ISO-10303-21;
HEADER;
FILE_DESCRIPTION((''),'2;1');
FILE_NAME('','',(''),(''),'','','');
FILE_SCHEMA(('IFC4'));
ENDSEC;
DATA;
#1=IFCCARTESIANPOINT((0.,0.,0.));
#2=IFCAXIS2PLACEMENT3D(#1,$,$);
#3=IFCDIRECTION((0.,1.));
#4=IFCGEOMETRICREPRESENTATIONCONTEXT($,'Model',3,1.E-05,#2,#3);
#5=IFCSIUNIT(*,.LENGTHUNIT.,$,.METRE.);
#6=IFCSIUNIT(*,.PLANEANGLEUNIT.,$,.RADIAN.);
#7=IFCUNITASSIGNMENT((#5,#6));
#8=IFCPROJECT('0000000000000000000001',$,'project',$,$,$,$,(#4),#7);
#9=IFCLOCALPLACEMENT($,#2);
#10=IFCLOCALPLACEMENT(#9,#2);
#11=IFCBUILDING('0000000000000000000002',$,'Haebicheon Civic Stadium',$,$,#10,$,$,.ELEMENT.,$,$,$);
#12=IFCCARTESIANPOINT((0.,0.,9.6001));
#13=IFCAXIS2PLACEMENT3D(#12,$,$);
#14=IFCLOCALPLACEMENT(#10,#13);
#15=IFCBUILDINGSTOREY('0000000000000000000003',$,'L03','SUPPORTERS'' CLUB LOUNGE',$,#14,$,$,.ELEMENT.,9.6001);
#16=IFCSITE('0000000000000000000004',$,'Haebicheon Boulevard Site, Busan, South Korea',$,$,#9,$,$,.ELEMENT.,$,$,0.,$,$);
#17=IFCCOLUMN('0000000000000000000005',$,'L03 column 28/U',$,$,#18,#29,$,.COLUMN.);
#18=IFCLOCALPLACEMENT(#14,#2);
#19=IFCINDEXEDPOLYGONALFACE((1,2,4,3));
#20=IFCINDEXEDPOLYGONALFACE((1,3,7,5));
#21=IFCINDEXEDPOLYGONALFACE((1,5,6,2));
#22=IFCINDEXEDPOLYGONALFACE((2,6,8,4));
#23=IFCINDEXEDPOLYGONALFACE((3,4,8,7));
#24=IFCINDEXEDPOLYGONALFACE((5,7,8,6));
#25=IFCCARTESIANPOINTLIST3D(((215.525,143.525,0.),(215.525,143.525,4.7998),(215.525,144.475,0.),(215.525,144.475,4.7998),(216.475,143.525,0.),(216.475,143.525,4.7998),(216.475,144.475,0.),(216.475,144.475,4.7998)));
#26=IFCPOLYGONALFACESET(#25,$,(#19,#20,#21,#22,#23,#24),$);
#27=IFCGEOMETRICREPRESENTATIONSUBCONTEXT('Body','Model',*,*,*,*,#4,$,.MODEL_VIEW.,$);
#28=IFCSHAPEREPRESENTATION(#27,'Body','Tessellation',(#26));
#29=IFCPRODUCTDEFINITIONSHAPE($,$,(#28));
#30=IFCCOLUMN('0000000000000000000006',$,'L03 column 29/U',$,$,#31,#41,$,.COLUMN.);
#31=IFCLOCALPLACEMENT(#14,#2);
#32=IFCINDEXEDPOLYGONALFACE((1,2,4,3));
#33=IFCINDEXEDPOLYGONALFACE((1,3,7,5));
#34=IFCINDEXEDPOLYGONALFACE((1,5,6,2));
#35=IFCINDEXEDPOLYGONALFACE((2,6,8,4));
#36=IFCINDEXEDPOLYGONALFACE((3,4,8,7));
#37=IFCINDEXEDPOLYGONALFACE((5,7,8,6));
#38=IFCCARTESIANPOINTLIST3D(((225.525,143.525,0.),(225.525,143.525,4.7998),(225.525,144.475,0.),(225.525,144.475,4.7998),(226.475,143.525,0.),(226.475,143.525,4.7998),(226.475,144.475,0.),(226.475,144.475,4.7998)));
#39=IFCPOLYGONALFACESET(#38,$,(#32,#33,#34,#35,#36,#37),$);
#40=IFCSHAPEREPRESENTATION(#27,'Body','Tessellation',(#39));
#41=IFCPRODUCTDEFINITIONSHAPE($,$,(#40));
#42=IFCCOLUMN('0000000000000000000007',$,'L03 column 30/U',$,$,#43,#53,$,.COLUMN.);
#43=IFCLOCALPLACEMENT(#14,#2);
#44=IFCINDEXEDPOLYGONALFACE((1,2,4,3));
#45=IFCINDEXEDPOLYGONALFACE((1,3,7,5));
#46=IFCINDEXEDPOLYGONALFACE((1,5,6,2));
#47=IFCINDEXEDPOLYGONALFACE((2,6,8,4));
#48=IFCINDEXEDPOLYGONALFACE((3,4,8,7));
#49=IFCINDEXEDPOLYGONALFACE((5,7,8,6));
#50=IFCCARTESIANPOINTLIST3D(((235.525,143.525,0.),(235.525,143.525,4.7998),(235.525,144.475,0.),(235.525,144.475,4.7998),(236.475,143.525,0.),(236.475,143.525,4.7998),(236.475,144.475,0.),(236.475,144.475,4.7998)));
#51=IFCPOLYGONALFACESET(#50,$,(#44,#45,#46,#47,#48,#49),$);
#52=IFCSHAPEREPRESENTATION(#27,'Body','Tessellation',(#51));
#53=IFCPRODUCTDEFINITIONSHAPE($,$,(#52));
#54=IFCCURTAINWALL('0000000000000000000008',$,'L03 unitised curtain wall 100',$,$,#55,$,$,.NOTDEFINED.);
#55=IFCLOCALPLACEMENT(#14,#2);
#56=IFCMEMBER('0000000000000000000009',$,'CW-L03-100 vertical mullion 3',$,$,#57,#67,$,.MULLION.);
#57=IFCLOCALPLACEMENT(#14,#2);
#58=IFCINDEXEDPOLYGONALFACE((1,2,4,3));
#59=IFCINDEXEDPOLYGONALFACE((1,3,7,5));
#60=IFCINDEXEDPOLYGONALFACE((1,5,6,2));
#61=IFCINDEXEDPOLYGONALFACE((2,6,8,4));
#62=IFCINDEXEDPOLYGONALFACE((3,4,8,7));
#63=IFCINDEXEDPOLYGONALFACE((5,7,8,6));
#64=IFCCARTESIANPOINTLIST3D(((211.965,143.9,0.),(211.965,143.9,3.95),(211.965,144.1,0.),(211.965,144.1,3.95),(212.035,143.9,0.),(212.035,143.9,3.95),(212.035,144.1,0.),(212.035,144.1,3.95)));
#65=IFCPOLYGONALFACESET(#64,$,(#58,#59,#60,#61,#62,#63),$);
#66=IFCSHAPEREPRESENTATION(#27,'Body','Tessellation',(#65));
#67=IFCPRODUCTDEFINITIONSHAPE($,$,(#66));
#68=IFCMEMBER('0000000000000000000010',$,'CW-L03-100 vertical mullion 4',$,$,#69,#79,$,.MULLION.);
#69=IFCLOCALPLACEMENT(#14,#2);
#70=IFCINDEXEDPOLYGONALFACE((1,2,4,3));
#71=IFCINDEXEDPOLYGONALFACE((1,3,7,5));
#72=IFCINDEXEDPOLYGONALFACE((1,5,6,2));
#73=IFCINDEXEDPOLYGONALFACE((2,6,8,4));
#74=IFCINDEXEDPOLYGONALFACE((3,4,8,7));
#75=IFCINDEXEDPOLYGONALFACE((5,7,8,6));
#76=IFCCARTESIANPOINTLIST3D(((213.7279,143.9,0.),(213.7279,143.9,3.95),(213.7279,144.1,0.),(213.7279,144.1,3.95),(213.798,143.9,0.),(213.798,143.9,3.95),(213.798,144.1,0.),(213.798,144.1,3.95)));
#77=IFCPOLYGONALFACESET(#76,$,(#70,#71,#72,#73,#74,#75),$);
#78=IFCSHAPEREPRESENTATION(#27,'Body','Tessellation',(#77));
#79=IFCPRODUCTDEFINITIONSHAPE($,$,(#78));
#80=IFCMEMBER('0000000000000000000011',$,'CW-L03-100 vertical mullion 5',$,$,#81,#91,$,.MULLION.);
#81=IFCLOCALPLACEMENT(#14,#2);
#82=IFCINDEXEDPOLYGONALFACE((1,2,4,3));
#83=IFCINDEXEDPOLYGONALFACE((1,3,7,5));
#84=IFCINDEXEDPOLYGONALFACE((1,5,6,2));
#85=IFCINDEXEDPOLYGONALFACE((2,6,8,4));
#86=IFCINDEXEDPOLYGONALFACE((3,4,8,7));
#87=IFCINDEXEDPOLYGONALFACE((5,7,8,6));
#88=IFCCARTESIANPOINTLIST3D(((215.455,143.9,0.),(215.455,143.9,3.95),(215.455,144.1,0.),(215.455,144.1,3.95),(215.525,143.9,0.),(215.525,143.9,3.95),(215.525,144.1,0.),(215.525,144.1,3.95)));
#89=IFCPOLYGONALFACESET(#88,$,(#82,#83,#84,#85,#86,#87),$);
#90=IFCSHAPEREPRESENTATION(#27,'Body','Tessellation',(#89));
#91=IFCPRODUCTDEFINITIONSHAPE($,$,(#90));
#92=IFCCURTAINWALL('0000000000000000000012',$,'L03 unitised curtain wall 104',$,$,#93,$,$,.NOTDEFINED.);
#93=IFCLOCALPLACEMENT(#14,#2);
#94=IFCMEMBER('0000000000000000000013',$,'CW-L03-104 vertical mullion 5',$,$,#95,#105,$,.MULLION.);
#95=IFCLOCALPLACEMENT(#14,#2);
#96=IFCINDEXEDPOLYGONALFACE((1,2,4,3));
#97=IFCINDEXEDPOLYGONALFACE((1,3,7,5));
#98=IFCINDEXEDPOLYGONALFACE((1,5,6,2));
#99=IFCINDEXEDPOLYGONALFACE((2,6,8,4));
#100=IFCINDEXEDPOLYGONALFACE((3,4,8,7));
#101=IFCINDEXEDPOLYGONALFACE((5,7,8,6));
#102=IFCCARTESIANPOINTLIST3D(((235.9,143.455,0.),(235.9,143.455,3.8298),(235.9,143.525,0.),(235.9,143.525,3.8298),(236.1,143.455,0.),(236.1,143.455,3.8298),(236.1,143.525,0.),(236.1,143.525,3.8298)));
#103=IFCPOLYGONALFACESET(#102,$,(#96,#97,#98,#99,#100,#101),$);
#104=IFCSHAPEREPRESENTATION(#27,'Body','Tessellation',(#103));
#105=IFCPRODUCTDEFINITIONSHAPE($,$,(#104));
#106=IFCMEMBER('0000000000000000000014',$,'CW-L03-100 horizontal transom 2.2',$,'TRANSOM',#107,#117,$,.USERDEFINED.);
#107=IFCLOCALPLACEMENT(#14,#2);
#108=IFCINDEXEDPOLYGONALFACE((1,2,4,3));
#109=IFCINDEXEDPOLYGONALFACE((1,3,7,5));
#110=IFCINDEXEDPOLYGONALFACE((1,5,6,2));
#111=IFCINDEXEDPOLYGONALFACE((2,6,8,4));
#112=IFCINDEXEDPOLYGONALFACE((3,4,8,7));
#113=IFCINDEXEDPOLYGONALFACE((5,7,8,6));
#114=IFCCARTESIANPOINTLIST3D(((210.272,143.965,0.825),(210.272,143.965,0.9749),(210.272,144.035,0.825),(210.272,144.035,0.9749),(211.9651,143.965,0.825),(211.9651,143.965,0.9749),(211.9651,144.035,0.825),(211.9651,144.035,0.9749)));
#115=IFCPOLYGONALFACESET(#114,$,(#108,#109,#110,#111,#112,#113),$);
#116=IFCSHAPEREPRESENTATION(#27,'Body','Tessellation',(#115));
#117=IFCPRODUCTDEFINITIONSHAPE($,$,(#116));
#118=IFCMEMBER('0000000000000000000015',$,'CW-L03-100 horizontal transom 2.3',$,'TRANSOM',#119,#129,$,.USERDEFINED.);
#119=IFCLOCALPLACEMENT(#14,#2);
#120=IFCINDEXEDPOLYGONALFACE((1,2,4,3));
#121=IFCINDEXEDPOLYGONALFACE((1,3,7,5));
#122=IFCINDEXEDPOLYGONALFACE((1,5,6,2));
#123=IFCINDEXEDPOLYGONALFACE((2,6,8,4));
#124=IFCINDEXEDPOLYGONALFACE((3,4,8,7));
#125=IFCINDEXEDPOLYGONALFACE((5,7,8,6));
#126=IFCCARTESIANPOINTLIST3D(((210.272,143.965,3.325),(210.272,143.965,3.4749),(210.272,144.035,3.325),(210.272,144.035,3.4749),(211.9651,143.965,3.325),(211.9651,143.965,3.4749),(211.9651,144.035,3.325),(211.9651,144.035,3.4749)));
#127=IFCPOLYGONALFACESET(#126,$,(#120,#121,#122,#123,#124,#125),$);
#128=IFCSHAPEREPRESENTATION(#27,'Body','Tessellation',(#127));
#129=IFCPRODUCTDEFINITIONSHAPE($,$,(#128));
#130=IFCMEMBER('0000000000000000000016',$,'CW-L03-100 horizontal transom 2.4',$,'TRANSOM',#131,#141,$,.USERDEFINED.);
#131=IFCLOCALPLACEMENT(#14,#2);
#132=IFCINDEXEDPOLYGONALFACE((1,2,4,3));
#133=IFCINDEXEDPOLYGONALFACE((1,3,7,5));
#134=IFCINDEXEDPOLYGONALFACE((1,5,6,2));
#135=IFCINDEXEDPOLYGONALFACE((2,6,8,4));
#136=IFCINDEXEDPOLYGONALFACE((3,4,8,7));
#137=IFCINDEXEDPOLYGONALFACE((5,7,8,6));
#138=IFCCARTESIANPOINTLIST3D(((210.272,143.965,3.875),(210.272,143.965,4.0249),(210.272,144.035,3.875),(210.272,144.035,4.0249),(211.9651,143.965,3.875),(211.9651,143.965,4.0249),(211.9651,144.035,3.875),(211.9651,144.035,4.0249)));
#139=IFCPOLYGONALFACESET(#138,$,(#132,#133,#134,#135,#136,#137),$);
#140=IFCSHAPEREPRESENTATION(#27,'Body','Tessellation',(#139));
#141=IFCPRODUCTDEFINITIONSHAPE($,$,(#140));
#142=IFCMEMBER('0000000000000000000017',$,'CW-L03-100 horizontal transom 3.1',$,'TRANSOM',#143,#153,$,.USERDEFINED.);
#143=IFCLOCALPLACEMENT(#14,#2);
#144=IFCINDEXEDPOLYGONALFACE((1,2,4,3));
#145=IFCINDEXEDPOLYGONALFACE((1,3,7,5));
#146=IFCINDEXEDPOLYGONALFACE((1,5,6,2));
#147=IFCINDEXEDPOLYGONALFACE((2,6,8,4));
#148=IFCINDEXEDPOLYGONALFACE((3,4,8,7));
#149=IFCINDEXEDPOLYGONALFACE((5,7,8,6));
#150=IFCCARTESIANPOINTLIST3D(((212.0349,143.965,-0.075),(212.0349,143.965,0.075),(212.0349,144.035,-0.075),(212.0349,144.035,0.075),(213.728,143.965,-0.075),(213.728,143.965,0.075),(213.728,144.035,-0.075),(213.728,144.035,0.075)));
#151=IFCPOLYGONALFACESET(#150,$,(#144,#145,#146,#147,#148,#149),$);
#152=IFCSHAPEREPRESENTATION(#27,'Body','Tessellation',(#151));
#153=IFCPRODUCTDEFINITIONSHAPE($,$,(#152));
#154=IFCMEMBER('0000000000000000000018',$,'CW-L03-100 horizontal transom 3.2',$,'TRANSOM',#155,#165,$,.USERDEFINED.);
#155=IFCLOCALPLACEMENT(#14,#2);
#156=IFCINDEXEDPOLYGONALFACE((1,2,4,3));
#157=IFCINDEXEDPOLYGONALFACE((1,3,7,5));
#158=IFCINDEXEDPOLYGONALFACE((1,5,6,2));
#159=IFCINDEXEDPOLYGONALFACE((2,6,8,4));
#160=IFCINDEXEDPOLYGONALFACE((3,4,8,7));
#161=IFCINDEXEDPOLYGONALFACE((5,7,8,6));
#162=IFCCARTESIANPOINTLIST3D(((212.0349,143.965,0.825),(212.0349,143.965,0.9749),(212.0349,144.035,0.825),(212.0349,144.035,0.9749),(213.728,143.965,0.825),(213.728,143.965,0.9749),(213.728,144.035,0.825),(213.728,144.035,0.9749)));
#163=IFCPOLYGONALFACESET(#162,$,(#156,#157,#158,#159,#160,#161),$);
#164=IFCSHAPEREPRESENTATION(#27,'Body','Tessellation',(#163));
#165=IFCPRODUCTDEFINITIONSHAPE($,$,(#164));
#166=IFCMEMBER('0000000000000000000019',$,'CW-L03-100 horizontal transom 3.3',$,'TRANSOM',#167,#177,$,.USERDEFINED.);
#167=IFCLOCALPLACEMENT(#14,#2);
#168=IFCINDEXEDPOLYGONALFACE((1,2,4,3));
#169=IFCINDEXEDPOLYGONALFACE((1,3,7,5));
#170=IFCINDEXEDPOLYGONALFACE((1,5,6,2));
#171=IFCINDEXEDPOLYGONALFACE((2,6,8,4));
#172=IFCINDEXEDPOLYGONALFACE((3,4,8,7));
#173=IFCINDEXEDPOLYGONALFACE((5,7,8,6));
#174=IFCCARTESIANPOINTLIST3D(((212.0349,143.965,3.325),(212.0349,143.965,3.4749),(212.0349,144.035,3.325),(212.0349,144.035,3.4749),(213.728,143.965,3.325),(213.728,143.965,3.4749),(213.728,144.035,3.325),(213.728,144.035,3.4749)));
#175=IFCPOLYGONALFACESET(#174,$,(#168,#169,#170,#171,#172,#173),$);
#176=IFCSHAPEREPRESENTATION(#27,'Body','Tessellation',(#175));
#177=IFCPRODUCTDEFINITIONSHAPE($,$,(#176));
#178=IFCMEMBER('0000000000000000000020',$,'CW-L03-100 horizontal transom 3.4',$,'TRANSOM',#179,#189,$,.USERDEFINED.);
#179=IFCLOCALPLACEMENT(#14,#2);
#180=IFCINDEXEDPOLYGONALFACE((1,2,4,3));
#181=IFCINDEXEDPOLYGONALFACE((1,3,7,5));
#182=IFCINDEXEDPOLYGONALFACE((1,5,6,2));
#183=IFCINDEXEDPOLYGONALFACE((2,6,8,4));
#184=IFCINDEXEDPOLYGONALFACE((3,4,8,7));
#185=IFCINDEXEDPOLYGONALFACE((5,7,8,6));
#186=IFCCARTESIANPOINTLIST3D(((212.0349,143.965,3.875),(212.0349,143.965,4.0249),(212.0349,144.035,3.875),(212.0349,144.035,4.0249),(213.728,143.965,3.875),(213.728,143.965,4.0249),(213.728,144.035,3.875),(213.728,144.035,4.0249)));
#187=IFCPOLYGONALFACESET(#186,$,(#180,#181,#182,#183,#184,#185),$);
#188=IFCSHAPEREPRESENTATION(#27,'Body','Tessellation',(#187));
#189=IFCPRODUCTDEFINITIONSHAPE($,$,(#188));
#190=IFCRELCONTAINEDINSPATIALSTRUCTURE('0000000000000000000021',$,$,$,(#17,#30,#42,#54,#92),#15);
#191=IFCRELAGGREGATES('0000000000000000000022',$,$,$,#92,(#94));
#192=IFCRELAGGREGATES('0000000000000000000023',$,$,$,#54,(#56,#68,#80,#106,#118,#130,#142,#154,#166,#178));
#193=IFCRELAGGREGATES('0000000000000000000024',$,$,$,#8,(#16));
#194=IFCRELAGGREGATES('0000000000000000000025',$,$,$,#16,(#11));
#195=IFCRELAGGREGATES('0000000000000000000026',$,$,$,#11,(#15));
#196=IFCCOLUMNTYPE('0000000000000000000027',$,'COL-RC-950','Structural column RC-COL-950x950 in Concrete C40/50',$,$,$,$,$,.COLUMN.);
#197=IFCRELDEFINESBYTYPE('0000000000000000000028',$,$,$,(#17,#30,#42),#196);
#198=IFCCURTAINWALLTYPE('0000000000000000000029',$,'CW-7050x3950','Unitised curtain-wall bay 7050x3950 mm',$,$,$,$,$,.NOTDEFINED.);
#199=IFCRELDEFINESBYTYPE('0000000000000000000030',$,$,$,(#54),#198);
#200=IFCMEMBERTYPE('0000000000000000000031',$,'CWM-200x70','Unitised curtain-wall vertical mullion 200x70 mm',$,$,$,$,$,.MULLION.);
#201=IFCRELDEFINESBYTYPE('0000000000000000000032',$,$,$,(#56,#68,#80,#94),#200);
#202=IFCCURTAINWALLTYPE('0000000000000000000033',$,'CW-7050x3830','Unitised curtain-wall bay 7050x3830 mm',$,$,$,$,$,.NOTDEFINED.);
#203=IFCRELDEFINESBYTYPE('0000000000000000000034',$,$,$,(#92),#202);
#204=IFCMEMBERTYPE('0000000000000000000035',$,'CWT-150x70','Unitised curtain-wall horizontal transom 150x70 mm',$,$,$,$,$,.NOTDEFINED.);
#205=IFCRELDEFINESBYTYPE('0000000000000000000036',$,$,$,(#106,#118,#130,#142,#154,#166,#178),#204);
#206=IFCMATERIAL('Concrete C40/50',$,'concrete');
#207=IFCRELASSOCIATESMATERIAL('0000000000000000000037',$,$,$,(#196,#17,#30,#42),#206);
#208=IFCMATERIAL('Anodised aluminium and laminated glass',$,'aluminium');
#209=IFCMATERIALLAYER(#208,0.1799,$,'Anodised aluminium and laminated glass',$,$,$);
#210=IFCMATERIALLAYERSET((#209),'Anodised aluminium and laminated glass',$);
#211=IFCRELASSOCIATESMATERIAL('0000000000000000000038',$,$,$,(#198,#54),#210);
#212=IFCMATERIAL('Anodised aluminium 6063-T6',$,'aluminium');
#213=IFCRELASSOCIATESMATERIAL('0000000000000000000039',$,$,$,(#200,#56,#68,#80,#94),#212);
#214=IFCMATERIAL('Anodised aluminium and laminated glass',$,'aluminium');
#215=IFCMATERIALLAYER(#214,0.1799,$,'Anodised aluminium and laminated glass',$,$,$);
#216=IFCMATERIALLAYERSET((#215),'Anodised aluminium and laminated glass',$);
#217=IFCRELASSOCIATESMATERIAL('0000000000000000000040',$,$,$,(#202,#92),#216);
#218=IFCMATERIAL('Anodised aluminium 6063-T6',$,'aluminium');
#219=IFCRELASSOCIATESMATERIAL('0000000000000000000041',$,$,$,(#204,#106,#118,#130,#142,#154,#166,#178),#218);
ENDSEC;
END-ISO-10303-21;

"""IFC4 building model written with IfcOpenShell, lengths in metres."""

from ifc_helpers import new_model, si_unit, direction, frame, origin, origin_2d, place, context, subcontext, project, spatial, rectangle, extrude, material, layer, layer_set, material_profile, profile_set, type_object, element, aggregate, save


model = new_model("IFC4")

# Units and contexts
model_context = context("Model", 3, precision=1e-05, world=origin(), true_north=direction((0.0, 1.0)))
body_context = subcontext(model_context, "Body", "Model", "MODEL_VIEW")
ifc_project = project(units=[si_unit("LENGTHUNIT", "METRE"), si_unit("PLANEANGLEUNIT", "RADIAN")], contexts=[model_context])

# Site, building, storey
site_placement = place(None, origin())
site = spatial("IfcSite", under=ifc_project, at=site_placement, Name="Haebicheon Boulevard Site, Busan, South Korea", CompositionType="ELEMENT", RefElevation=0.0)
building_placement = place(site_placement, origin())
building = spatial("IfcBuilding", under=site, at=building_placement, Name="Haebicheon Civic Stadium", CompositionType="ELEMENT")
storey_placement = place(building_placement, frame((0.0, 0.0, 9.6001)))
storey = spatial("IfcBuildingStorey", under=building, at=storey_placement, Name="L03", Description="SUPPORTERS' CLUB LOUNGE", CompositionType="ELEMENT", Elevation=9.6001)

# Columns
ifc_material_1 = material(Name="Concrete C40/50", Category="concrete")
ifc_material_profile_1 = material_profile(ifc_material_1, rectangle(XDim=0.95, YDim=0.95, at=origin_2d()), Name="RC-COL-950x950")
ifc_profile_set_1 = profile_set([ifc_material_profile_1], Name="Concrete C40/50")
column_type = type_object("IfcColumnType", Name="COL-RC-950", Description="Structural column RC-COL-950x950 in Concrete C40/50", PredefinedType="COLUMN", material=ifc_profile_set_1)
for number, where, z_axis, x_axis, name in (
    (1, (216.0, 144.0, 0.0), (0.0, 0.0, 1.0), (1.0, 0.0, 0.0), "L03 column 28/U"),
    (2, (226.0, 144.0, 0.0), (0.0, 0.0, 1.0), (1.0, 0.0, 0.0), "L03 column 29/U"),
    (3, (236.0, 144.0, 0.0), (0.0, 0.0, 1.0), (1.0, 0.0, 0.0), "L03 column 30/U"),
):
    element("IfcColumn", number, at=place(storey_placement, frame(where, z_axis=z_axis, x_axis=x_axis)), inside=storey, type_object=column_type, material=ifc_profile_set_1, Name=name, PredefinedType="COLUMN", context=body_context, shape_type="SweptSolid", body=[
        extrude(rectangle(XDim=0.95, YDim=0.95, at=origin_2d()), origin(), (0.0, 0.0, 1.0), 4.7998),
    ])

# Curtain wall, members
ifc_material_2 = material(Name="Anodised aluminium and laminated glass", Category="aluminium")
ifc_layer_1 = layer(ifc_material_2, 0.1799, Name="Anodised aluminium and laminated glass")
ifc_layer_set_1 = layer_set([ifc_layer_1], Name="Anodised aluminium and laminated glass")
curtain_wall_type_1 = type_object("IfcCurtainWallType", Name="CW-7050x3950", Description="Unitised curtain-wall bay 7050x3950 mm", PredefinedType="NOTDEFINED", material=ifc_layer_set_1)
curtain_wall_1_placement = place(storey_placement, origin())
curtain_wall_1 = element("IfcCurtainWall", 4, at=curtain_wall_1_placement, inside=storey, type_object=curtain_wall_type_1, material=ifc_layer_set_1, Name="L03 unitised curtain wall 100", PredefinedType="NOTDEFINED")
ifc_material_3 = material(Name="Anodised aluminium 6063-T6", Category="aluminium")
ifc_material_profile_2 = material_profile(ifc_material_3, rectangle(XDim=0.0701, YDim=0.2, at=origin_2d()), Name="ALU-MULL-70x200")
ifc_profile_set_2 = profile_set([ifc_material_profile_2], Name="Anodised aluminium 6063-T6")
member_type_1 = type_object("IfcMemberType", Name="CWM-200x70", Description="Unitised curtain-wall vertical mullion 200x70 mm", PredefinedType="MULLION", material=ifc_profile_set_2)
member_1_placement = place(storey_placement, frame((212.0, 144.0, 0.0), z_axis=(0.0, 0.0, 1.0), x_axis=(1.0, 0.0, 0.0)))
member_1 = element("IfcMember", 5, at=member_1_placement, type_object=member_type_1, material=ifc_profile_set_2, Name="CW-L03-100 vertical mullion 3", PredefinedType="MULLION", context=body_context, shape_type="SweptSolid", body=[
    extrude(rectangle(XDim=0.0701, YDim=0.2, at=origin_2d()), origin(), (0.0, 0.0, 1.0), 3.95),
])
member_2_placement = place(storey_placement, frame((213.7629, 144.0, 0.0), z_axis=(0.0, 0.0, 1.0), x_axis=(1.0, 0.0, 0.0)))
member_2 = element("IfcMember", 6, at=member_2_placement, type_object=member_type_1, material=ifc_profile_set_2, Name="CW-L03-100 vertical mullion 4", PredefinedType="MULLION", context=body_context, shape_type="SweptSolid", body=[
    extrude(rectangle(XDim=0.0701, YDim=0.2, at=origin_2d()), origin(), (0.0, 0.0, 1.0), 3.95),
])
member_3_placement = place(storey_placement, frame((215.49, 144.0, 0.0), z_axis=(0.0, 0.0, 1.0), x_axis=(1.0, 0.0, 0.0)))
member_3 = element("IfcMember", 7, at=member_3_placement, type_object=member_type_1, material=ifc_profile_set_2, Name="CW-L03-100 vertical mullion 5", PredefinedType="MULLION", context=body_context, shape_type="SweptSolid", body=[
    extrude(rectangle(XDim=0.0701, YDim=0.2, at=origin_2d()), origin(), (0.0, 0.0, 1.0), 3.95),
])

# Curtain wall, member
ifc_material_4 = material(Name="Anodised aluminium and laminated glass", Category="aluminium")
ifc_layer_2 = layer(ifc_material_4, 0.1799, Name="Anodised aluminium and laminated glass")
ifc_layer_set_2 = layer_set([ifc_layer_2], Name="Anodised aluminium and laminated glass")
curtain_wall_type_2 = type_object("IfcCurtainWallType", Name="CW-7050x3830", Description="Unitised curtain-wall bay 7050x3830 mm", PredefinedType="NOTDEFINED", material=ifc_layer_set_2)
curtain_wall_2_placement = place(storey_placement, origin())
curtain_wall_2 = element("IfcCurtainWall", 8, at=curtain_wall_2_placement, inside=storey, type_object=curtain_wall_type_2, material=ifc_layer_set_2, Name="L03 unitised curtain wall 104", PredefinedType="NOTDEFINED")
member_4_placement = place(storey_placement, frame((236.0, 143.49, 0.0), z_axis=(0.0, 0.0, 1.0), x_axis=(0.0, 1.0, 0.0)))
member_4 = element("IfcMember", 9, at=member_4_placement, type_object=member_type_1, material=ifc_profile_set_2, Name="CW-L03-104 vertical mullion 5", PredefinedType="MULLION", context=body_context, shape_type="SweptSolid", body=[
    extrude(rectangle(XDim=0.0701, YDim=0.2, at=origin_2d()), origin(), (0.0, 0.0, 1.0), 3.8298),
])
aggregate(curtain_wall_2, [member_4])

# Members
ifc_material_5 = material(Name="Anodised aluminium 6063-T6", Category="aluminium")
ifc_material_profile_3 = material_profile(ifc_material_5, rectangle(XDim=0.0701, YDim=0.1499, at=origin_2d()), Name="ALU-TRAN-70x150")
ifc_profile_set_3 = profile_set([ifc_material_profile_3], Name="Anodised aluminium 6063-T6")
member_type_2 = type_object("IfcMemberType", Name="CWT-150x70", Description="Unitised curtain-wall horizontal transom 150x70 mm", PredefinedType="NOTDEFINED", material=ifc_profile_set_3)
member_5_placement = place(storey_placement, frame((210.272, 144.0, 0.8999), z_axis=(1.0, 0.0, 0.0), x_axis=(0.0, 1.0, 0.0)))
member_5 = element("IfcMember", 10, at=member_5_placement, type_object=member_type_2, material=ifc_profile_set_3, Name="CW-L03-100 horizontal transom 2.2", ObjectType="TRANSOM", PredefinedType="USERDEFINED", context=body_context, shape_type="SweptSolid", body=[
    extrude(rectangle(XDim=0.0701, YDim=0.1499, at=origin_2d()), origin(), (0.0, 0.0, 1.0), 1.6931),
])
member_6_placement = place(storey_placement, frame((210.272, 144.0, 3.3999), z_axis=(1.0, 0.0, 0.0), x_axis=(0.0, 1.0, 0.0)))
member_6 = element("IfcMember", 11, at=member_6_placement, type_object=member_type_2, material=ifc_profile_set_3, Name="CW-L03-100 horizontal transom 2.3", ObjectType="TRANSOM", PredefinedType="USERDEFINED", context=body_context, shape_type="SweptSolid", body=[
    extrude(rectangle(XDim=0.0701, YDim=0.1499, at=origin_2d()), origin(), (0.0, 0.0, 1.0), 1.6931),
])
member_7_placement = place(storey_placement, frame((210.272, 144.0, 3.95), z_axis=(1.0, 0.0, 0.0), x_axis=(0.0, 1.0, 0.0)))
member_7 = element("IfcMember", 12, at=member_7_placement, type_object=member_type_2, material=ifc_profile_set_3, Name="CW-L03-100 horizontal transom 2.4", ObjectType="TRANSOM", PredefinedType="USERDEFINED", context=body_context, shape_type="SweptSolid", body=[
    extrude(rectangle(XDim=0.0701, YDim=0.1499, at=origin_2d()), origin(), (0.0, 0.0, 1.0), 1.6931),
])
member_8_placement = place(storey_placement, frame((212.0349, 144.0, 0.0), z_axis=(1.0, 0.0, 0.0), x_axis=(0.0, 1.0, 0.0)))
member_8 = element("IfcMember", 13, at=member_8_placement, type_object=member_type_2, material=ifc_profile_set_3, Name="CW-L03-100 horizontal transom 3.1", ObjectType="TRANSOM", PredefinedType="USERDEFINED", context=body_context, shape_type="SweptSolid", body=[
    extrude(rectangle(XDim=0.0701, YDim=0.1499, at=origin_2d()), origin(), (0.0, 0.0, 1.0), 1.6931),
])
member_9_placement = place(storey_placement, frame((212.0349, 144.0, 0.8999), z_axis=(1.0, 0.0, 0.0), x_axis=(0.0, 1.0, 0.0)))
member_9 = element("IfcMember", 14, at=member_9_placement, type_object=member_type_2, material=ifc_profile_set_3, Name="CW-L03-100 horizontal transom 3.2", ObjectType="TRANSOM", PredefinedType="USERDEFINED", context=body_context, shape_type="SweptSolid", body=[
    extrude(rectangle(XDim=0.0701, YDim=0.1499, at=origin_2d()), origin(), (0.0, 0.0, 1.0), 1.6931),
])
member_10_placement = place(storey_placement, frame((212.0349, 144.0, 3.3999), z_axis=(1.0, 0.0, 0.0), x_axis=(0.0, 1.0, 0.0)))
member_10 = element("IfcMember", 15, at=member_10_placement, type_object=member_type_2, material=ifc_profile_set_3, Name="CW-L03-100 horizontal transom 3.3", ObjectType="TRANSOM", PredefinedType="USERDEFINED", context=body_context, shape_type="SweptSolid", body=[
    extrude(rectangle(XDim=0.0701, YDim=0.1499, at=origin_2d()), origin(), (0.0, 0.0, 1.0), 1.6931),
])
member_11_placement = place(storey_placement, frame((212.0349, 144.0, 3.95), z_axis=(1.0, 0.0, 0.0), x_axis=(0.0, 1.0, 0.0)))
member_11 = element("IfcMember", 16, at=member_11_placement, type_object=member_type_2, material=ifc_profile_set_3, Name="CW-L03-100 horizontal transom 3.4", ObjectType="TRANSOM", PredefinedType="USERDEFINED", context=body_context, shape_type="SweptSolid", body=[
    extrude(rectangle(XDim=0.0701, YDim=0.1499, at=origin_2d()), origin(), (0.0, 0.0, 1.0), 1.6931),
])

aggregate(curtain_wall_1, [member_1, member_2, member_3, member_5, member_6, member_7, member_8, member_9, member_10, member_11])

save(model, "model.ifc")
